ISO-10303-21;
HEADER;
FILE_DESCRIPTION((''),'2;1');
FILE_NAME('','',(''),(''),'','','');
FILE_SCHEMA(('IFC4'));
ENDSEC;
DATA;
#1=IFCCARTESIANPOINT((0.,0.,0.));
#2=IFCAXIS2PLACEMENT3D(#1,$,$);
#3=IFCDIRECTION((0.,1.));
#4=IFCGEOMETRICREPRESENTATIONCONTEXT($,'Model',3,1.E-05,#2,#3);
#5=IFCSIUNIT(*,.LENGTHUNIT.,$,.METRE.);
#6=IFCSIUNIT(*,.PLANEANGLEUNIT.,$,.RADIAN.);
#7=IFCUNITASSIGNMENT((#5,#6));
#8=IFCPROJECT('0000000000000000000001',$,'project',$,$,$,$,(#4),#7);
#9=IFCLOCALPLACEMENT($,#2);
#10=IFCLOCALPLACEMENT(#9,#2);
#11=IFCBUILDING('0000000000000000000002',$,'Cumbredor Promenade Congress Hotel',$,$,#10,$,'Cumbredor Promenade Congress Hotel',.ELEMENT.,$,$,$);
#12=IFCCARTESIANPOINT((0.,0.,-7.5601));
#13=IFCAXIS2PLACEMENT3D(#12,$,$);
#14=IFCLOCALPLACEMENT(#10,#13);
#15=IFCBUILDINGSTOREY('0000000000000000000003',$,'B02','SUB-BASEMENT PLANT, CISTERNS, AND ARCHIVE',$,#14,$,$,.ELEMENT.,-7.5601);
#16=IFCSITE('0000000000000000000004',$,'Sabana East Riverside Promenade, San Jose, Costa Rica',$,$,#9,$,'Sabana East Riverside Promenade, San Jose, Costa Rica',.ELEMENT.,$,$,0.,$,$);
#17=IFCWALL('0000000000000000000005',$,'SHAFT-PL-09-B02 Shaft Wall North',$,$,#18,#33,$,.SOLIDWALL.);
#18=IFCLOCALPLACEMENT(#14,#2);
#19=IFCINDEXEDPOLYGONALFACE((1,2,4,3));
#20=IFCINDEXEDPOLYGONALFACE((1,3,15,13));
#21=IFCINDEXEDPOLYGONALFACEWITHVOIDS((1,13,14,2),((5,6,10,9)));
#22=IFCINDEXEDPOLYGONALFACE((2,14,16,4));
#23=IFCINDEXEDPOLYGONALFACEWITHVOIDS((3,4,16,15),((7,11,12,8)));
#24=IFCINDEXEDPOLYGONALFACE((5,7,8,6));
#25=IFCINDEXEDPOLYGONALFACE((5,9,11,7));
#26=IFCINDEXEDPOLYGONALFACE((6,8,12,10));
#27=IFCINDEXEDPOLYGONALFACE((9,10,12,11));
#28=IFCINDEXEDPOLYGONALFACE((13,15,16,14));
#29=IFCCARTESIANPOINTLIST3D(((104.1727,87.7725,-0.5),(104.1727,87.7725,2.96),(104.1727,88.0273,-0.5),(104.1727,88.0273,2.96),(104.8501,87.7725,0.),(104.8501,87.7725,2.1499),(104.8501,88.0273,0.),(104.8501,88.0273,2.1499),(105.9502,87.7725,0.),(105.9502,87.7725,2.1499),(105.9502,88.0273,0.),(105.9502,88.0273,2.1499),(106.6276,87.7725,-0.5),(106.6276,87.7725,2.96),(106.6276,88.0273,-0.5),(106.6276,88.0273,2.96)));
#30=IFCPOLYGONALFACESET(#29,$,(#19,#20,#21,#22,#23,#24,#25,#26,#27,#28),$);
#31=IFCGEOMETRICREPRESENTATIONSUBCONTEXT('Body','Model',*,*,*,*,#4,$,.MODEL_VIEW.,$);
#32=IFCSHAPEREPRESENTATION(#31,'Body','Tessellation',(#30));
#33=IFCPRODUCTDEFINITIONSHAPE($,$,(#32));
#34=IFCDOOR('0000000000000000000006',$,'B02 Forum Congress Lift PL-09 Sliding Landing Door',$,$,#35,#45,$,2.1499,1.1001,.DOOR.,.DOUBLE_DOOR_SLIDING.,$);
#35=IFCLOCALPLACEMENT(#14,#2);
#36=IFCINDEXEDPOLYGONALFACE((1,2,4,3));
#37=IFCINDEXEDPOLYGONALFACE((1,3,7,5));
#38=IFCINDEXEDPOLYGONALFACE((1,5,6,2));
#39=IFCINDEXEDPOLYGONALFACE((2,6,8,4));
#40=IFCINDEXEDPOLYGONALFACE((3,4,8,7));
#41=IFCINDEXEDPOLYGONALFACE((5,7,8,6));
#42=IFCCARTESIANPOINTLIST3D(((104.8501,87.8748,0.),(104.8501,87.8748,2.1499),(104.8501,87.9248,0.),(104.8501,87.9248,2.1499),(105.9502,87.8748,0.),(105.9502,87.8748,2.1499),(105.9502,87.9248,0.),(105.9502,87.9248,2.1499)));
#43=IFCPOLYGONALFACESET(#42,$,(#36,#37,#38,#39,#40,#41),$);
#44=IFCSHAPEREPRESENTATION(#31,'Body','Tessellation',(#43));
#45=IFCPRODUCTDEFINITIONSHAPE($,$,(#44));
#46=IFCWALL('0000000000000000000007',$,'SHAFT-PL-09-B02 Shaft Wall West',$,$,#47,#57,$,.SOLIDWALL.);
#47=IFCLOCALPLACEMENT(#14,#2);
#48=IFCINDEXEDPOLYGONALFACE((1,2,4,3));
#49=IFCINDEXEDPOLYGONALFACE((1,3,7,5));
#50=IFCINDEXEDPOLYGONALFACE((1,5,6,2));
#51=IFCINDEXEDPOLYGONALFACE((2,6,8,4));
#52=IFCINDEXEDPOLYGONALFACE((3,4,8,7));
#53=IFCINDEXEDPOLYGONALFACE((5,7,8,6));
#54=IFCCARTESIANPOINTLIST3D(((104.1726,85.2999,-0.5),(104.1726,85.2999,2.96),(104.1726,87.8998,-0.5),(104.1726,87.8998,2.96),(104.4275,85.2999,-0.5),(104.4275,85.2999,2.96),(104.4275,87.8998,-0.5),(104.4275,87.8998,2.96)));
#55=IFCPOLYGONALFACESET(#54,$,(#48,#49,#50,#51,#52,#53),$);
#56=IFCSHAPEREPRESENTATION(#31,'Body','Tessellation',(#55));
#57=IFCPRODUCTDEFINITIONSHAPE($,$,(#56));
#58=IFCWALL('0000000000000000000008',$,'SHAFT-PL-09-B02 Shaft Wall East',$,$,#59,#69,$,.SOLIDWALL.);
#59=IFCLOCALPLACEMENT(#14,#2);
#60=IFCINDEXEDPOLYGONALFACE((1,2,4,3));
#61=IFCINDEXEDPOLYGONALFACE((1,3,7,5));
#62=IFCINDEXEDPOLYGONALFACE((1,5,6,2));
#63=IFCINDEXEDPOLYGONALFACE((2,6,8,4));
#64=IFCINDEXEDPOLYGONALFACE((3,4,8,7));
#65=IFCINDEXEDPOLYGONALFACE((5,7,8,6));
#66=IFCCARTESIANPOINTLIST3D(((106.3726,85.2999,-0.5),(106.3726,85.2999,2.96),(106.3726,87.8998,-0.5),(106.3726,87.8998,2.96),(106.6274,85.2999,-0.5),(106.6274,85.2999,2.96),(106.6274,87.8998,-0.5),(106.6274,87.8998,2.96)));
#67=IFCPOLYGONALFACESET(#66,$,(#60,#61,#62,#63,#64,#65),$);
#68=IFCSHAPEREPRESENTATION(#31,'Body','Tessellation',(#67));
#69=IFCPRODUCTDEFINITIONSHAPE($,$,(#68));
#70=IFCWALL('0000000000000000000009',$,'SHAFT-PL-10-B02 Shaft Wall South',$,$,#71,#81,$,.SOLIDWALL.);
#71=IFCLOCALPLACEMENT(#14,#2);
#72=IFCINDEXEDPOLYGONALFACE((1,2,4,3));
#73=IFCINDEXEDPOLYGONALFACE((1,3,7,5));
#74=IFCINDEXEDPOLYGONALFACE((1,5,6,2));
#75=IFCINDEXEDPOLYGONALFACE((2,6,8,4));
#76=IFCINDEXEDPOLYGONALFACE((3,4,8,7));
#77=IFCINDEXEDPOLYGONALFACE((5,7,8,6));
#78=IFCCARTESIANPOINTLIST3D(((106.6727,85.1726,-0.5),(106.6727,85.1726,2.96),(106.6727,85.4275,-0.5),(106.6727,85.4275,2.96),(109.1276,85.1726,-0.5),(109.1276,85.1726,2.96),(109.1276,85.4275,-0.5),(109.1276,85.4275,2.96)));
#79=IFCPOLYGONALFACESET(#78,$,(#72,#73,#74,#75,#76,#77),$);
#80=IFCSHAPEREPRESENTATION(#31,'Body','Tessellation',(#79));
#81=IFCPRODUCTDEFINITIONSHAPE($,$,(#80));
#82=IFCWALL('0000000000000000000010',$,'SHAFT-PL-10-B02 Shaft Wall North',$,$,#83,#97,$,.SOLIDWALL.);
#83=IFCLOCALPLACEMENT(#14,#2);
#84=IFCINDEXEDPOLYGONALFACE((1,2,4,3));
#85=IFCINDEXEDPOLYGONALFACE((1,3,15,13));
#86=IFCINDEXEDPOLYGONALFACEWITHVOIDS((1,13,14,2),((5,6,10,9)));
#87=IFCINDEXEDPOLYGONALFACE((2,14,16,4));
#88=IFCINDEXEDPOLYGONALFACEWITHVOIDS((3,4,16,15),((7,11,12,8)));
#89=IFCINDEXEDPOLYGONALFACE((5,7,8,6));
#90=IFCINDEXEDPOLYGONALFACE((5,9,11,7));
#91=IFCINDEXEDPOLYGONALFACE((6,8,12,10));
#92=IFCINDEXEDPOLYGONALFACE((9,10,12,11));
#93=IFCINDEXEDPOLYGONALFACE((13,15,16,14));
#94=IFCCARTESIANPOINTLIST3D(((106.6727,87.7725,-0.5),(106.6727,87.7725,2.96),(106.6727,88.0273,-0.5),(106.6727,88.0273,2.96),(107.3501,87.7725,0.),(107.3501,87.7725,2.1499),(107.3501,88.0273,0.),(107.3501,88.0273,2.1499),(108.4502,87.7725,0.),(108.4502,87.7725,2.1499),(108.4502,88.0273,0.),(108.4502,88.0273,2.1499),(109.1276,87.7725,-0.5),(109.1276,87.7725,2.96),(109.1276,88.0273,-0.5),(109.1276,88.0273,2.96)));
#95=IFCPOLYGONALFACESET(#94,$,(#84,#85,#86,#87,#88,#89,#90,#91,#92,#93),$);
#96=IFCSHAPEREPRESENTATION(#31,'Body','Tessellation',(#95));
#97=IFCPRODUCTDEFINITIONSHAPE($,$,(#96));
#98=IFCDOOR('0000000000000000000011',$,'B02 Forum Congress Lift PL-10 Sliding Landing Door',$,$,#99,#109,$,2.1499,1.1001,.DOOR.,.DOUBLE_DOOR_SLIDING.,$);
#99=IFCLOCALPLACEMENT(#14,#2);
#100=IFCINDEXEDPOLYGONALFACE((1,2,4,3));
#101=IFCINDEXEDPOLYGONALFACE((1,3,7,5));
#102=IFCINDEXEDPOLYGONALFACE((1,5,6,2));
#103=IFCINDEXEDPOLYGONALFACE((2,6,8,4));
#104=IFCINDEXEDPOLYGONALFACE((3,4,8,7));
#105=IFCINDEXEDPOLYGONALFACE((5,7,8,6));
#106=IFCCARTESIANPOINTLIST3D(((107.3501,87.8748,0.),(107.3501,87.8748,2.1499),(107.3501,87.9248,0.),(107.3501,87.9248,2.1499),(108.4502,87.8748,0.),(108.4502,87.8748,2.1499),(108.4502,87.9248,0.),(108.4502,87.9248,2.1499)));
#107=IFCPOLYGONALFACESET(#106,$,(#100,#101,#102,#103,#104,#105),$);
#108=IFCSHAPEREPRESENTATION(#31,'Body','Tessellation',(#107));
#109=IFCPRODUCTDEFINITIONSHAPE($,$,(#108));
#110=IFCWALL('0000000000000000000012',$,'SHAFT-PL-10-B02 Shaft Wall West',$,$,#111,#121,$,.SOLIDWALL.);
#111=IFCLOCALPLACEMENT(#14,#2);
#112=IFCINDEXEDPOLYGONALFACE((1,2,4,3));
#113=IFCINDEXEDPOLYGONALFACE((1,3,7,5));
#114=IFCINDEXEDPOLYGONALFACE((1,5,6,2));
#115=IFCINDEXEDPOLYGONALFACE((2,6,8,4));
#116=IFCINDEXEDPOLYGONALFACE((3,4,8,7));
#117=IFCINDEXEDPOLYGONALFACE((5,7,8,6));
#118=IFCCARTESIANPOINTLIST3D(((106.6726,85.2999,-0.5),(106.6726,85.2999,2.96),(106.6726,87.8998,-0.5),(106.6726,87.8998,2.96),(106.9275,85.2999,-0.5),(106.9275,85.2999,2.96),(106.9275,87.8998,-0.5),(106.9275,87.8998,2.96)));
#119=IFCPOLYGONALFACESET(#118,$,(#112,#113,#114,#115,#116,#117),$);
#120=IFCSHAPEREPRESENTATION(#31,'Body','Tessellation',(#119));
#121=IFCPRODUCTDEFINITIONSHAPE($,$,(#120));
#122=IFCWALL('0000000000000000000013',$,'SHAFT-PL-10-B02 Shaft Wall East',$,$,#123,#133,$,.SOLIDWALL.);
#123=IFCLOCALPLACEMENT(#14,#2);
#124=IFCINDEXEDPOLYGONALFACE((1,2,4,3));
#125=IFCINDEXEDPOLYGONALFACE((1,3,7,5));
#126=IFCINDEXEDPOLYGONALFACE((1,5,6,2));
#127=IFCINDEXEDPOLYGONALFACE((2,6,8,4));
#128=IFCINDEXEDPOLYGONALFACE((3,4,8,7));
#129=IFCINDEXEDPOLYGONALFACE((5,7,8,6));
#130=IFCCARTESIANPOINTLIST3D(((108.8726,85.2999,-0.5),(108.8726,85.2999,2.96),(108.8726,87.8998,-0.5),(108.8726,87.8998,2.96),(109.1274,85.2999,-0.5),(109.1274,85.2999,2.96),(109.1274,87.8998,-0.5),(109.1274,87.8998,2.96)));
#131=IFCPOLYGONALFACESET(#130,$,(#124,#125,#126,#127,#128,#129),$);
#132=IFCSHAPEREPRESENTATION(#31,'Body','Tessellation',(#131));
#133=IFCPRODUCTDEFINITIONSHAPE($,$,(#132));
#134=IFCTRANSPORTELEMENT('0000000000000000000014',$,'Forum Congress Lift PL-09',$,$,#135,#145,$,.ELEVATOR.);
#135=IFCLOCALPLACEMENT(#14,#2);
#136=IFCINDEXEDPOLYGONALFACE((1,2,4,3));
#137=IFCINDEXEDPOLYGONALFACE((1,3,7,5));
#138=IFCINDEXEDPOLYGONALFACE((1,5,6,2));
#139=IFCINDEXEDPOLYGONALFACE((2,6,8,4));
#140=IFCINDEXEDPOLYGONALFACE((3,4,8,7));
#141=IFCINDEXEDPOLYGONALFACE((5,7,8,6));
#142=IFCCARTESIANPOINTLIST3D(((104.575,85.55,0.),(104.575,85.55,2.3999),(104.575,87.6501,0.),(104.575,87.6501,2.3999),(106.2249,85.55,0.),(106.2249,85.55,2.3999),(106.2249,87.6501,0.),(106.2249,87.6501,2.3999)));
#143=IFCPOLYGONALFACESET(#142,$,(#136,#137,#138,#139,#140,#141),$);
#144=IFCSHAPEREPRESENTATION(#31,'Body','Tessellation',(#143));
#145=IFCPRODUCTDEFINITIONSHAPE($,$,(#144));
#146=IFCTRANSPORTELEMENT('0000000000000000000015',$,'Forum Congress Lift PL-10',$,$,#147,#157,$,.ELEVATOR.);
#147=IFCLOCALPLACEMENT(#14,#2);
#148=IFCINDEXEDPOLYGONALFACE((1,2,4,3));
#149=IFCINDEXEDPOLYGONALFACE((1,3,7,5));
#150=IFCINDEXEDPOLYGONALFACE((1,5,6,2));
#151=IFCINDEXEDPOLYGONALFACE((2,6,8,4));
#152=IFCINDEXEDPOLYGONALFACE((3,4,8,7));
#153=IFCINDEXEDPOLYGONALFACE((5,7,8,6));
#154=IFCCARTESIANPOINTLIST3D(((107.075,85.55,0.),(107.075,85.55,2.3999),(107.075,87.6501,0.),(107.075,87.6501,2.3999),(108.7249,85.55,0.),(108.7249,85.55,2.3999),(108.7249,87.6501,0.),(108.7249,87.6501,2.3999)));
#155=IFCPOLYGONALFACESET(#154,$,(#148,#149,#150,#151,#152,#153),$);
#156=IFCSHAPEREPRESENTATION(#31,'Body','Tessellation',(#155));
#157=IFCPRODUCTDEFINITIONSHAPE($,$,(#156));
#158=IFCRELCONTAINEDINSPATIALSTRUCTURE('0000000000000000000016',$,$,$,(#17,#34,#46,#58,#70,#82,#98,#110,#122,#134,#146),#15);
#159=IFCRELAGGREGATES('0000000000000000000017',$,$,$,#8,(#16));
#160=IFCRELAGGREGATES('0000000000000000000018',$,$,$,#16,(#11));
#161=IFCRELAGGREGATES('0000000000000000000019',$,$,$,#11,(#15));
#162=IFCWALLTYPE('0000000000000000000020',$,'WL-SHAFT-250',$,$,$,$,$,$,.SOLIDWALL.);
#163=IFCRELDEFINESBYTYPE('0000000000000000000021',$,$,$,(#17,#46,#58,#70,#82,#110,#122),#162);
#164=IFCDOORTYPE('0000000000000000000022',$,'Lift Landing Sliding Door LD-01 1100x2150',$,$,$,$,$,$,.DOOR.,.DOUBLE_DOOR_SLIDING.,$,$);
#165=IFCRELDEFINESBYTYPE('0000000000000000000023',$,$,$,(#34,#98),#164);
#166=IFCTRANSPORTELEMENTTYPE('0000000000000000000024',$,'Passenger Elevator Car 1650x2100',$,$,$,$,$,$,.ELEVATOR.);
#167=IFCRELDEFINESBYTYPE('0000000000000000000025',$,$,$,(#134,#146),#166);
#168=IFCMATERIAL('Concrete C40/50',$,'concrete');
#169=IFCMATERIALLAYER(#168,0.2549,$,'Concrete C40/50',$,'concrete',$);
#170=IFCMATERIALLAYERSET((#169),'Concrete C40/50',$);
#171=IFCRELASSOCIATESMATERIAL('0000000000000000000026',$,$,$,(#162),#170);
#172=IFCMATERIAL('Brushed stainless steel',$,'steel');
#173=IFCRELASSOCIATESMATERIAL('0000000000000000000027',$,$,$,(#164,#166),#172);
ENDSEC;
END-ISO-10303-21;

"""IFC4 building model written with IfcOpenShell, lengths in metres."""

from ifc_helpers import new_model, si_unit, direction, frame, frame_2d, origin, origin_2d, place, context, subcontext, project, spatial, rectangle, extrude, material, layer, layer_set, type_object, element, fill, save


model = new_model("IFC4")

# Units and contexts
model_context = context("Model", 3, precision=1e-05, world=origin(), true_north=direction((0.0, 1.0)))
body_context = subcontext(model_context, "Body", "Model", "MODEL_VIEW")
ifc_project = project(units=[si_unit("LENGTHUNIT", "METRE"), si_unit("PLANEANGLEUNIT", "RADIAN")], contexts=[model_context])

# Site, building, storey
site_placement = place(None, origin())
site = spatial("IfcSite", under=ifc_project, at=site_placement, Name="Sabana East Riverside Promenade, San Jose, Costa Rica", LongName="Sabana East Riverside Promenade, San Jose, Costa Rica", CompositionType="ELEMENT", RefElevation=0.0)
building_placement = place(site_placement, origin())
building = spatial("IfcBuilding", under=site, at=building_placement, Name="Cumbredor Promenade Congress Hotel", LongName="Cumbredor Promenade Congress Hotel", CompositionType="ELEMENT")
storey_placement = place(building_placement, frame((0.0, 0.0, -7.5601)))
storey = spatial("IfcBuildingStorey", under=building, at=storey_placement, Name="B02", Description="SUB-BASEMENT PLANT, CISTERNS, AND ARCHIVE", CompositionType="ELEMENT", Elevation=-7.5601)

# Shared definitions
ifc_material_1 = material(Name="Concrete C40/50", Category="concrete")

# Shared definitions
ifc_layer_1 = layer(ifc_material_1, 0.2549, Name="Concrete C40/50", Category="concrete")
ifc_layer_set_1 = layer_set([ifc_layer_1], Name="Concrete C40/50")
wall_type = type_object("IfcWallType", Name="WL-SHAFT-250", PredefinedType="SOLIDWALL", material=ifc_layer_set_1)

# Wall, opening, door
wall_1_placement = place(storey_placement, frame((104.1726, 87.8999, -0.5), z_axis=(0.0, 0.0, 1.0), x_axis=(1.0, 0.0, 0.0)))
wall_1 = element("IfcWall", 1, at=wall_1_placement, inside=storey, type_object=wall_type, Name="SHAFT-PL-09-B02 Shaft Wall North", PredefinedType="SOLIDWALL", context=body_context, shape_type="SweptSolid", body=[
    extrude(rectangle(XDim=2.4548, YDim=0.2549, at=frame_2d((1.2275, 0.0))), origin(), (0.0, 0.0, 1.0), 3.46),
])
opening_1_placement = place(wall_1_placement, frame((0.6775, 0.0, 0.5)))
opening_1 = element("IfcOpeningElement", 2, at=opening_1_placement, cuts=wall_1, PredefinedType="OPENING", context=body_context, shape_type="SweptSolid", body=[
    extrude(rectangle(XDim=1.1001, YDim=2.1499, at=frame_2d((0.55, 1.075))), frame((0.0, 0.1375, 0.0), z_axis=(0.0, -1.0, 0.0), x_axis=(1.0, 0.0, 0.0)), (0.0, 0.0, 1.0), 0.2749),
])
ifc_material_2 = material(Name="Brushed stainless steel", Category="steel")
door_type = type_object("IfcDoorType", Name="Lift Landing Sliding Door LD-01 1100x2150", OperationType="DOUBLE_DOOR_SLIDING", PredefinedType="DOOR", material=ifc_material_2)
door_1_placement = place(opening_1_placement, origin())
door_1 = element("IfcDoor", 3, at=door_1_placement, inside=storey, type_object=door_type, Name="B02 Forum Congress Lift PL-09 Sliding Landing Door", OperationType="DOUBLE_DOOR_SLIDING", OverallHeight=2.1499, OverallWidth=1.1001, PredefinedType="DOOR", context=body_context, shape_type="SweptSolid", body=[
    extrude(rectangle(XDim=1.1001, YDim=2.1499, at=frame_2d((0.55, 1.075))), frame((0.0, 0.0249, 0.0), z_axis=(0.0, -1.0, 0.0), x_axis=(1.0, 0.0, 0.0)), (0.0, 0.0, 1.0), 0.05),
])
fill(opening_1, door_1)

# Walls
for number, where, z_axis, x_axis, name in (
    (4, (104.3, 85.3, -0.5), (0.0, 0.0, 1.0), (0.0, 1.0, 0.0), "SHAFT-PL-09-B02 Shaft Wall West"),
    (5, (106.5, 85.3, -0.5), (0.0, 0.0, 1.0), (0.0, 1.0, 0.0), "SHAFT-PL-09-B02 Shaft Wall East"),
):
    element("IfcWall", number, at=place(storey_placement, frame(where, z_axis=z_axis, x_axis=x_axis)), inside=storey, type_object=wall_type, Name=name, PredefinedType="SOLIDWALL", context=body_context, shape_type="SweptSolid", body=[
        extrude(rectangle(XDim=2.5999, YDim=0.2549, at=frame_2d((1.2998, 0.0))), origin(), (0.0, 0.0, 1.0), 3.46),
    ])
wall_2_placement = place(storey_placement, frame((106.6726, 85.3, -0.5), z_axis=(0.0, 0.0, 1.0), x_axis=(1.0, 0.0, 0.0)))
element("IfcWall", 6, at=wall_2_placement, inside=storey, type_object=wall_type, Name="SHAFT-PL-10-B02 Shaft Wall South", PredefinedType="SOLIDWALL", context=body_context, shape_type="SweptSolid", body=[
    extrude(rectangle(XDim=2.4548, YDim=0.2549, at=frame_2d((1.2275, 0.0))), origin(), (0.0, 0.0, 1.0), 3.46),
])

# Wall, opening, door
wall_3_placement = place(storey_placement, frame((106.6726, 87.8999, -0.5), z_axis=(0.0, 0.0, 1.0), x_axis=(1.0, 0.0, 0.0)))
wall_3 = element("IfcWall", 7, at=wall_3_placement, inside=storey, type_object=wall_type, Name="SHAFT-PL-10-B02 Shaft Wall North", PredefinedType="SOLIDWALL", context=body_context, shape_type="SweptSolid", body=[
    extrude(rectangle(XDim=2.4548, YDim=0.2549, at=frame_2d((1.2275, 0.0))), origin(), (0.0, 0.0, 1.0), 3.46),
])
opening_2_placement = place(wall_3_placement, frame((0.6775, 0.0, 0.5)))
opening_2 = element("IfcOpeningElement", 8, at=opening_2_placement, cuts=wall_3, PredefinedType="OPENING", context=body_context, shape_type="SweptSolid", body=[
    extrude(rectangle(XDim=1.1001, YDim=2.1499, at=frame_2d((0.55, 1.075))), frame((0.0, 0.1375, 0.0), z_axis=(0.0, -1.0, 0.0), x_axis=(1.0, 0.0, 0.0)), (0.0, 0.0, 1.0), 0.2749),
])
door_2_placement = place(opening_2_placement, origin())
door_2 = element("IfcDoor", 9, at=door_2_placement, inside=storey, type_object=door_type, Name="B02 Forum Congress Lift PL-10 Sliding Landing Door", OperationType="DOUBLE_DOOR_SLIDING", OverallHeight=2.1499, OverallWidth=1.1001, PredefinedType="DOOR", context=body_context, shape_type="SweptSolid", body=[
    extrude(rectangle(XDim=1.1001, YDim=2.1499, at=frame_2d((0.55, 1.075))), frame((0.0, 0.0249, 0.0), z_axis=(0.0, -1.0, 0.0), x_axis=(1.0, 0.0, 0.0)), (0.0, 0.0, 1.0), 0.05),
])
fill(opening_2, door_2)

# Walls
for number, where, z_axis, x_axis, name in (
    (10, (106.8, 85.3, -0.5), (0.0, 0.0, 1.0), (0.0, 1.0, 0.0), "SHAFT-PL-10-B02 Shaft Wall West"),
    (11, (109.0, 85.3, -0.5), (0.0, 0.0, 1.0), (0.0, 1.0, 0.0), "SHAFT-PL-10-B02 Shaft Wall East"),
):
    element("IfcWall", number, at=place(storey_placement, frame(where, z_axis=z_axis, x_axis=x_axis)), inside=storey, type_object=wall_type, Name=name, PredefinedType="SOLIDWALL", context=body_context, shape_type="SweptSolid", body=[
        extrude(rectangle(XDim=2.5999, YDim=0.2549, at=frame_2d((1.2998, 0.0))), origin(), (0.0, 0.0, 1.0), 3.46),
    ])

# Transport elements
transport_element_type = type_object("IfcTransportElementType", Name="Passenger Elevator Car 1650x2100", PredefinedType="ELEVATOR", material=ifc_material_2)
for number, where, z_axis, x_axis, name in (
    (12, (105.3999, 86.6001, 0.0), (0.0, 0.0, 1.0), (1.0, 0.0, 0.0), "Forum Congress Lift PL-09"),
    (13, (107.8999, 86.6001, 0.0), (0.0, 0.0, 1.0), (1.0, 0.0, 0.0), "Forum Congress Lift PL-10"),
):
    element("IfcTransportElement", number, at=place(storey_placement, frame(where, z_axis=z_axis, x_axis=x_axis)), inside=storey, type_object=transport_element_type, Name=name, PredefinedType="ELEVATOR", context=body_context, shape_type="SweptSolid", body=[
        extrude(rectangle(XDim=1.6499, YDim=2.1001, at=origin_2d()), origin(), (0.0, 0.0, 1.0), 2.3999),
    ])

save(model, "model.ifc")
